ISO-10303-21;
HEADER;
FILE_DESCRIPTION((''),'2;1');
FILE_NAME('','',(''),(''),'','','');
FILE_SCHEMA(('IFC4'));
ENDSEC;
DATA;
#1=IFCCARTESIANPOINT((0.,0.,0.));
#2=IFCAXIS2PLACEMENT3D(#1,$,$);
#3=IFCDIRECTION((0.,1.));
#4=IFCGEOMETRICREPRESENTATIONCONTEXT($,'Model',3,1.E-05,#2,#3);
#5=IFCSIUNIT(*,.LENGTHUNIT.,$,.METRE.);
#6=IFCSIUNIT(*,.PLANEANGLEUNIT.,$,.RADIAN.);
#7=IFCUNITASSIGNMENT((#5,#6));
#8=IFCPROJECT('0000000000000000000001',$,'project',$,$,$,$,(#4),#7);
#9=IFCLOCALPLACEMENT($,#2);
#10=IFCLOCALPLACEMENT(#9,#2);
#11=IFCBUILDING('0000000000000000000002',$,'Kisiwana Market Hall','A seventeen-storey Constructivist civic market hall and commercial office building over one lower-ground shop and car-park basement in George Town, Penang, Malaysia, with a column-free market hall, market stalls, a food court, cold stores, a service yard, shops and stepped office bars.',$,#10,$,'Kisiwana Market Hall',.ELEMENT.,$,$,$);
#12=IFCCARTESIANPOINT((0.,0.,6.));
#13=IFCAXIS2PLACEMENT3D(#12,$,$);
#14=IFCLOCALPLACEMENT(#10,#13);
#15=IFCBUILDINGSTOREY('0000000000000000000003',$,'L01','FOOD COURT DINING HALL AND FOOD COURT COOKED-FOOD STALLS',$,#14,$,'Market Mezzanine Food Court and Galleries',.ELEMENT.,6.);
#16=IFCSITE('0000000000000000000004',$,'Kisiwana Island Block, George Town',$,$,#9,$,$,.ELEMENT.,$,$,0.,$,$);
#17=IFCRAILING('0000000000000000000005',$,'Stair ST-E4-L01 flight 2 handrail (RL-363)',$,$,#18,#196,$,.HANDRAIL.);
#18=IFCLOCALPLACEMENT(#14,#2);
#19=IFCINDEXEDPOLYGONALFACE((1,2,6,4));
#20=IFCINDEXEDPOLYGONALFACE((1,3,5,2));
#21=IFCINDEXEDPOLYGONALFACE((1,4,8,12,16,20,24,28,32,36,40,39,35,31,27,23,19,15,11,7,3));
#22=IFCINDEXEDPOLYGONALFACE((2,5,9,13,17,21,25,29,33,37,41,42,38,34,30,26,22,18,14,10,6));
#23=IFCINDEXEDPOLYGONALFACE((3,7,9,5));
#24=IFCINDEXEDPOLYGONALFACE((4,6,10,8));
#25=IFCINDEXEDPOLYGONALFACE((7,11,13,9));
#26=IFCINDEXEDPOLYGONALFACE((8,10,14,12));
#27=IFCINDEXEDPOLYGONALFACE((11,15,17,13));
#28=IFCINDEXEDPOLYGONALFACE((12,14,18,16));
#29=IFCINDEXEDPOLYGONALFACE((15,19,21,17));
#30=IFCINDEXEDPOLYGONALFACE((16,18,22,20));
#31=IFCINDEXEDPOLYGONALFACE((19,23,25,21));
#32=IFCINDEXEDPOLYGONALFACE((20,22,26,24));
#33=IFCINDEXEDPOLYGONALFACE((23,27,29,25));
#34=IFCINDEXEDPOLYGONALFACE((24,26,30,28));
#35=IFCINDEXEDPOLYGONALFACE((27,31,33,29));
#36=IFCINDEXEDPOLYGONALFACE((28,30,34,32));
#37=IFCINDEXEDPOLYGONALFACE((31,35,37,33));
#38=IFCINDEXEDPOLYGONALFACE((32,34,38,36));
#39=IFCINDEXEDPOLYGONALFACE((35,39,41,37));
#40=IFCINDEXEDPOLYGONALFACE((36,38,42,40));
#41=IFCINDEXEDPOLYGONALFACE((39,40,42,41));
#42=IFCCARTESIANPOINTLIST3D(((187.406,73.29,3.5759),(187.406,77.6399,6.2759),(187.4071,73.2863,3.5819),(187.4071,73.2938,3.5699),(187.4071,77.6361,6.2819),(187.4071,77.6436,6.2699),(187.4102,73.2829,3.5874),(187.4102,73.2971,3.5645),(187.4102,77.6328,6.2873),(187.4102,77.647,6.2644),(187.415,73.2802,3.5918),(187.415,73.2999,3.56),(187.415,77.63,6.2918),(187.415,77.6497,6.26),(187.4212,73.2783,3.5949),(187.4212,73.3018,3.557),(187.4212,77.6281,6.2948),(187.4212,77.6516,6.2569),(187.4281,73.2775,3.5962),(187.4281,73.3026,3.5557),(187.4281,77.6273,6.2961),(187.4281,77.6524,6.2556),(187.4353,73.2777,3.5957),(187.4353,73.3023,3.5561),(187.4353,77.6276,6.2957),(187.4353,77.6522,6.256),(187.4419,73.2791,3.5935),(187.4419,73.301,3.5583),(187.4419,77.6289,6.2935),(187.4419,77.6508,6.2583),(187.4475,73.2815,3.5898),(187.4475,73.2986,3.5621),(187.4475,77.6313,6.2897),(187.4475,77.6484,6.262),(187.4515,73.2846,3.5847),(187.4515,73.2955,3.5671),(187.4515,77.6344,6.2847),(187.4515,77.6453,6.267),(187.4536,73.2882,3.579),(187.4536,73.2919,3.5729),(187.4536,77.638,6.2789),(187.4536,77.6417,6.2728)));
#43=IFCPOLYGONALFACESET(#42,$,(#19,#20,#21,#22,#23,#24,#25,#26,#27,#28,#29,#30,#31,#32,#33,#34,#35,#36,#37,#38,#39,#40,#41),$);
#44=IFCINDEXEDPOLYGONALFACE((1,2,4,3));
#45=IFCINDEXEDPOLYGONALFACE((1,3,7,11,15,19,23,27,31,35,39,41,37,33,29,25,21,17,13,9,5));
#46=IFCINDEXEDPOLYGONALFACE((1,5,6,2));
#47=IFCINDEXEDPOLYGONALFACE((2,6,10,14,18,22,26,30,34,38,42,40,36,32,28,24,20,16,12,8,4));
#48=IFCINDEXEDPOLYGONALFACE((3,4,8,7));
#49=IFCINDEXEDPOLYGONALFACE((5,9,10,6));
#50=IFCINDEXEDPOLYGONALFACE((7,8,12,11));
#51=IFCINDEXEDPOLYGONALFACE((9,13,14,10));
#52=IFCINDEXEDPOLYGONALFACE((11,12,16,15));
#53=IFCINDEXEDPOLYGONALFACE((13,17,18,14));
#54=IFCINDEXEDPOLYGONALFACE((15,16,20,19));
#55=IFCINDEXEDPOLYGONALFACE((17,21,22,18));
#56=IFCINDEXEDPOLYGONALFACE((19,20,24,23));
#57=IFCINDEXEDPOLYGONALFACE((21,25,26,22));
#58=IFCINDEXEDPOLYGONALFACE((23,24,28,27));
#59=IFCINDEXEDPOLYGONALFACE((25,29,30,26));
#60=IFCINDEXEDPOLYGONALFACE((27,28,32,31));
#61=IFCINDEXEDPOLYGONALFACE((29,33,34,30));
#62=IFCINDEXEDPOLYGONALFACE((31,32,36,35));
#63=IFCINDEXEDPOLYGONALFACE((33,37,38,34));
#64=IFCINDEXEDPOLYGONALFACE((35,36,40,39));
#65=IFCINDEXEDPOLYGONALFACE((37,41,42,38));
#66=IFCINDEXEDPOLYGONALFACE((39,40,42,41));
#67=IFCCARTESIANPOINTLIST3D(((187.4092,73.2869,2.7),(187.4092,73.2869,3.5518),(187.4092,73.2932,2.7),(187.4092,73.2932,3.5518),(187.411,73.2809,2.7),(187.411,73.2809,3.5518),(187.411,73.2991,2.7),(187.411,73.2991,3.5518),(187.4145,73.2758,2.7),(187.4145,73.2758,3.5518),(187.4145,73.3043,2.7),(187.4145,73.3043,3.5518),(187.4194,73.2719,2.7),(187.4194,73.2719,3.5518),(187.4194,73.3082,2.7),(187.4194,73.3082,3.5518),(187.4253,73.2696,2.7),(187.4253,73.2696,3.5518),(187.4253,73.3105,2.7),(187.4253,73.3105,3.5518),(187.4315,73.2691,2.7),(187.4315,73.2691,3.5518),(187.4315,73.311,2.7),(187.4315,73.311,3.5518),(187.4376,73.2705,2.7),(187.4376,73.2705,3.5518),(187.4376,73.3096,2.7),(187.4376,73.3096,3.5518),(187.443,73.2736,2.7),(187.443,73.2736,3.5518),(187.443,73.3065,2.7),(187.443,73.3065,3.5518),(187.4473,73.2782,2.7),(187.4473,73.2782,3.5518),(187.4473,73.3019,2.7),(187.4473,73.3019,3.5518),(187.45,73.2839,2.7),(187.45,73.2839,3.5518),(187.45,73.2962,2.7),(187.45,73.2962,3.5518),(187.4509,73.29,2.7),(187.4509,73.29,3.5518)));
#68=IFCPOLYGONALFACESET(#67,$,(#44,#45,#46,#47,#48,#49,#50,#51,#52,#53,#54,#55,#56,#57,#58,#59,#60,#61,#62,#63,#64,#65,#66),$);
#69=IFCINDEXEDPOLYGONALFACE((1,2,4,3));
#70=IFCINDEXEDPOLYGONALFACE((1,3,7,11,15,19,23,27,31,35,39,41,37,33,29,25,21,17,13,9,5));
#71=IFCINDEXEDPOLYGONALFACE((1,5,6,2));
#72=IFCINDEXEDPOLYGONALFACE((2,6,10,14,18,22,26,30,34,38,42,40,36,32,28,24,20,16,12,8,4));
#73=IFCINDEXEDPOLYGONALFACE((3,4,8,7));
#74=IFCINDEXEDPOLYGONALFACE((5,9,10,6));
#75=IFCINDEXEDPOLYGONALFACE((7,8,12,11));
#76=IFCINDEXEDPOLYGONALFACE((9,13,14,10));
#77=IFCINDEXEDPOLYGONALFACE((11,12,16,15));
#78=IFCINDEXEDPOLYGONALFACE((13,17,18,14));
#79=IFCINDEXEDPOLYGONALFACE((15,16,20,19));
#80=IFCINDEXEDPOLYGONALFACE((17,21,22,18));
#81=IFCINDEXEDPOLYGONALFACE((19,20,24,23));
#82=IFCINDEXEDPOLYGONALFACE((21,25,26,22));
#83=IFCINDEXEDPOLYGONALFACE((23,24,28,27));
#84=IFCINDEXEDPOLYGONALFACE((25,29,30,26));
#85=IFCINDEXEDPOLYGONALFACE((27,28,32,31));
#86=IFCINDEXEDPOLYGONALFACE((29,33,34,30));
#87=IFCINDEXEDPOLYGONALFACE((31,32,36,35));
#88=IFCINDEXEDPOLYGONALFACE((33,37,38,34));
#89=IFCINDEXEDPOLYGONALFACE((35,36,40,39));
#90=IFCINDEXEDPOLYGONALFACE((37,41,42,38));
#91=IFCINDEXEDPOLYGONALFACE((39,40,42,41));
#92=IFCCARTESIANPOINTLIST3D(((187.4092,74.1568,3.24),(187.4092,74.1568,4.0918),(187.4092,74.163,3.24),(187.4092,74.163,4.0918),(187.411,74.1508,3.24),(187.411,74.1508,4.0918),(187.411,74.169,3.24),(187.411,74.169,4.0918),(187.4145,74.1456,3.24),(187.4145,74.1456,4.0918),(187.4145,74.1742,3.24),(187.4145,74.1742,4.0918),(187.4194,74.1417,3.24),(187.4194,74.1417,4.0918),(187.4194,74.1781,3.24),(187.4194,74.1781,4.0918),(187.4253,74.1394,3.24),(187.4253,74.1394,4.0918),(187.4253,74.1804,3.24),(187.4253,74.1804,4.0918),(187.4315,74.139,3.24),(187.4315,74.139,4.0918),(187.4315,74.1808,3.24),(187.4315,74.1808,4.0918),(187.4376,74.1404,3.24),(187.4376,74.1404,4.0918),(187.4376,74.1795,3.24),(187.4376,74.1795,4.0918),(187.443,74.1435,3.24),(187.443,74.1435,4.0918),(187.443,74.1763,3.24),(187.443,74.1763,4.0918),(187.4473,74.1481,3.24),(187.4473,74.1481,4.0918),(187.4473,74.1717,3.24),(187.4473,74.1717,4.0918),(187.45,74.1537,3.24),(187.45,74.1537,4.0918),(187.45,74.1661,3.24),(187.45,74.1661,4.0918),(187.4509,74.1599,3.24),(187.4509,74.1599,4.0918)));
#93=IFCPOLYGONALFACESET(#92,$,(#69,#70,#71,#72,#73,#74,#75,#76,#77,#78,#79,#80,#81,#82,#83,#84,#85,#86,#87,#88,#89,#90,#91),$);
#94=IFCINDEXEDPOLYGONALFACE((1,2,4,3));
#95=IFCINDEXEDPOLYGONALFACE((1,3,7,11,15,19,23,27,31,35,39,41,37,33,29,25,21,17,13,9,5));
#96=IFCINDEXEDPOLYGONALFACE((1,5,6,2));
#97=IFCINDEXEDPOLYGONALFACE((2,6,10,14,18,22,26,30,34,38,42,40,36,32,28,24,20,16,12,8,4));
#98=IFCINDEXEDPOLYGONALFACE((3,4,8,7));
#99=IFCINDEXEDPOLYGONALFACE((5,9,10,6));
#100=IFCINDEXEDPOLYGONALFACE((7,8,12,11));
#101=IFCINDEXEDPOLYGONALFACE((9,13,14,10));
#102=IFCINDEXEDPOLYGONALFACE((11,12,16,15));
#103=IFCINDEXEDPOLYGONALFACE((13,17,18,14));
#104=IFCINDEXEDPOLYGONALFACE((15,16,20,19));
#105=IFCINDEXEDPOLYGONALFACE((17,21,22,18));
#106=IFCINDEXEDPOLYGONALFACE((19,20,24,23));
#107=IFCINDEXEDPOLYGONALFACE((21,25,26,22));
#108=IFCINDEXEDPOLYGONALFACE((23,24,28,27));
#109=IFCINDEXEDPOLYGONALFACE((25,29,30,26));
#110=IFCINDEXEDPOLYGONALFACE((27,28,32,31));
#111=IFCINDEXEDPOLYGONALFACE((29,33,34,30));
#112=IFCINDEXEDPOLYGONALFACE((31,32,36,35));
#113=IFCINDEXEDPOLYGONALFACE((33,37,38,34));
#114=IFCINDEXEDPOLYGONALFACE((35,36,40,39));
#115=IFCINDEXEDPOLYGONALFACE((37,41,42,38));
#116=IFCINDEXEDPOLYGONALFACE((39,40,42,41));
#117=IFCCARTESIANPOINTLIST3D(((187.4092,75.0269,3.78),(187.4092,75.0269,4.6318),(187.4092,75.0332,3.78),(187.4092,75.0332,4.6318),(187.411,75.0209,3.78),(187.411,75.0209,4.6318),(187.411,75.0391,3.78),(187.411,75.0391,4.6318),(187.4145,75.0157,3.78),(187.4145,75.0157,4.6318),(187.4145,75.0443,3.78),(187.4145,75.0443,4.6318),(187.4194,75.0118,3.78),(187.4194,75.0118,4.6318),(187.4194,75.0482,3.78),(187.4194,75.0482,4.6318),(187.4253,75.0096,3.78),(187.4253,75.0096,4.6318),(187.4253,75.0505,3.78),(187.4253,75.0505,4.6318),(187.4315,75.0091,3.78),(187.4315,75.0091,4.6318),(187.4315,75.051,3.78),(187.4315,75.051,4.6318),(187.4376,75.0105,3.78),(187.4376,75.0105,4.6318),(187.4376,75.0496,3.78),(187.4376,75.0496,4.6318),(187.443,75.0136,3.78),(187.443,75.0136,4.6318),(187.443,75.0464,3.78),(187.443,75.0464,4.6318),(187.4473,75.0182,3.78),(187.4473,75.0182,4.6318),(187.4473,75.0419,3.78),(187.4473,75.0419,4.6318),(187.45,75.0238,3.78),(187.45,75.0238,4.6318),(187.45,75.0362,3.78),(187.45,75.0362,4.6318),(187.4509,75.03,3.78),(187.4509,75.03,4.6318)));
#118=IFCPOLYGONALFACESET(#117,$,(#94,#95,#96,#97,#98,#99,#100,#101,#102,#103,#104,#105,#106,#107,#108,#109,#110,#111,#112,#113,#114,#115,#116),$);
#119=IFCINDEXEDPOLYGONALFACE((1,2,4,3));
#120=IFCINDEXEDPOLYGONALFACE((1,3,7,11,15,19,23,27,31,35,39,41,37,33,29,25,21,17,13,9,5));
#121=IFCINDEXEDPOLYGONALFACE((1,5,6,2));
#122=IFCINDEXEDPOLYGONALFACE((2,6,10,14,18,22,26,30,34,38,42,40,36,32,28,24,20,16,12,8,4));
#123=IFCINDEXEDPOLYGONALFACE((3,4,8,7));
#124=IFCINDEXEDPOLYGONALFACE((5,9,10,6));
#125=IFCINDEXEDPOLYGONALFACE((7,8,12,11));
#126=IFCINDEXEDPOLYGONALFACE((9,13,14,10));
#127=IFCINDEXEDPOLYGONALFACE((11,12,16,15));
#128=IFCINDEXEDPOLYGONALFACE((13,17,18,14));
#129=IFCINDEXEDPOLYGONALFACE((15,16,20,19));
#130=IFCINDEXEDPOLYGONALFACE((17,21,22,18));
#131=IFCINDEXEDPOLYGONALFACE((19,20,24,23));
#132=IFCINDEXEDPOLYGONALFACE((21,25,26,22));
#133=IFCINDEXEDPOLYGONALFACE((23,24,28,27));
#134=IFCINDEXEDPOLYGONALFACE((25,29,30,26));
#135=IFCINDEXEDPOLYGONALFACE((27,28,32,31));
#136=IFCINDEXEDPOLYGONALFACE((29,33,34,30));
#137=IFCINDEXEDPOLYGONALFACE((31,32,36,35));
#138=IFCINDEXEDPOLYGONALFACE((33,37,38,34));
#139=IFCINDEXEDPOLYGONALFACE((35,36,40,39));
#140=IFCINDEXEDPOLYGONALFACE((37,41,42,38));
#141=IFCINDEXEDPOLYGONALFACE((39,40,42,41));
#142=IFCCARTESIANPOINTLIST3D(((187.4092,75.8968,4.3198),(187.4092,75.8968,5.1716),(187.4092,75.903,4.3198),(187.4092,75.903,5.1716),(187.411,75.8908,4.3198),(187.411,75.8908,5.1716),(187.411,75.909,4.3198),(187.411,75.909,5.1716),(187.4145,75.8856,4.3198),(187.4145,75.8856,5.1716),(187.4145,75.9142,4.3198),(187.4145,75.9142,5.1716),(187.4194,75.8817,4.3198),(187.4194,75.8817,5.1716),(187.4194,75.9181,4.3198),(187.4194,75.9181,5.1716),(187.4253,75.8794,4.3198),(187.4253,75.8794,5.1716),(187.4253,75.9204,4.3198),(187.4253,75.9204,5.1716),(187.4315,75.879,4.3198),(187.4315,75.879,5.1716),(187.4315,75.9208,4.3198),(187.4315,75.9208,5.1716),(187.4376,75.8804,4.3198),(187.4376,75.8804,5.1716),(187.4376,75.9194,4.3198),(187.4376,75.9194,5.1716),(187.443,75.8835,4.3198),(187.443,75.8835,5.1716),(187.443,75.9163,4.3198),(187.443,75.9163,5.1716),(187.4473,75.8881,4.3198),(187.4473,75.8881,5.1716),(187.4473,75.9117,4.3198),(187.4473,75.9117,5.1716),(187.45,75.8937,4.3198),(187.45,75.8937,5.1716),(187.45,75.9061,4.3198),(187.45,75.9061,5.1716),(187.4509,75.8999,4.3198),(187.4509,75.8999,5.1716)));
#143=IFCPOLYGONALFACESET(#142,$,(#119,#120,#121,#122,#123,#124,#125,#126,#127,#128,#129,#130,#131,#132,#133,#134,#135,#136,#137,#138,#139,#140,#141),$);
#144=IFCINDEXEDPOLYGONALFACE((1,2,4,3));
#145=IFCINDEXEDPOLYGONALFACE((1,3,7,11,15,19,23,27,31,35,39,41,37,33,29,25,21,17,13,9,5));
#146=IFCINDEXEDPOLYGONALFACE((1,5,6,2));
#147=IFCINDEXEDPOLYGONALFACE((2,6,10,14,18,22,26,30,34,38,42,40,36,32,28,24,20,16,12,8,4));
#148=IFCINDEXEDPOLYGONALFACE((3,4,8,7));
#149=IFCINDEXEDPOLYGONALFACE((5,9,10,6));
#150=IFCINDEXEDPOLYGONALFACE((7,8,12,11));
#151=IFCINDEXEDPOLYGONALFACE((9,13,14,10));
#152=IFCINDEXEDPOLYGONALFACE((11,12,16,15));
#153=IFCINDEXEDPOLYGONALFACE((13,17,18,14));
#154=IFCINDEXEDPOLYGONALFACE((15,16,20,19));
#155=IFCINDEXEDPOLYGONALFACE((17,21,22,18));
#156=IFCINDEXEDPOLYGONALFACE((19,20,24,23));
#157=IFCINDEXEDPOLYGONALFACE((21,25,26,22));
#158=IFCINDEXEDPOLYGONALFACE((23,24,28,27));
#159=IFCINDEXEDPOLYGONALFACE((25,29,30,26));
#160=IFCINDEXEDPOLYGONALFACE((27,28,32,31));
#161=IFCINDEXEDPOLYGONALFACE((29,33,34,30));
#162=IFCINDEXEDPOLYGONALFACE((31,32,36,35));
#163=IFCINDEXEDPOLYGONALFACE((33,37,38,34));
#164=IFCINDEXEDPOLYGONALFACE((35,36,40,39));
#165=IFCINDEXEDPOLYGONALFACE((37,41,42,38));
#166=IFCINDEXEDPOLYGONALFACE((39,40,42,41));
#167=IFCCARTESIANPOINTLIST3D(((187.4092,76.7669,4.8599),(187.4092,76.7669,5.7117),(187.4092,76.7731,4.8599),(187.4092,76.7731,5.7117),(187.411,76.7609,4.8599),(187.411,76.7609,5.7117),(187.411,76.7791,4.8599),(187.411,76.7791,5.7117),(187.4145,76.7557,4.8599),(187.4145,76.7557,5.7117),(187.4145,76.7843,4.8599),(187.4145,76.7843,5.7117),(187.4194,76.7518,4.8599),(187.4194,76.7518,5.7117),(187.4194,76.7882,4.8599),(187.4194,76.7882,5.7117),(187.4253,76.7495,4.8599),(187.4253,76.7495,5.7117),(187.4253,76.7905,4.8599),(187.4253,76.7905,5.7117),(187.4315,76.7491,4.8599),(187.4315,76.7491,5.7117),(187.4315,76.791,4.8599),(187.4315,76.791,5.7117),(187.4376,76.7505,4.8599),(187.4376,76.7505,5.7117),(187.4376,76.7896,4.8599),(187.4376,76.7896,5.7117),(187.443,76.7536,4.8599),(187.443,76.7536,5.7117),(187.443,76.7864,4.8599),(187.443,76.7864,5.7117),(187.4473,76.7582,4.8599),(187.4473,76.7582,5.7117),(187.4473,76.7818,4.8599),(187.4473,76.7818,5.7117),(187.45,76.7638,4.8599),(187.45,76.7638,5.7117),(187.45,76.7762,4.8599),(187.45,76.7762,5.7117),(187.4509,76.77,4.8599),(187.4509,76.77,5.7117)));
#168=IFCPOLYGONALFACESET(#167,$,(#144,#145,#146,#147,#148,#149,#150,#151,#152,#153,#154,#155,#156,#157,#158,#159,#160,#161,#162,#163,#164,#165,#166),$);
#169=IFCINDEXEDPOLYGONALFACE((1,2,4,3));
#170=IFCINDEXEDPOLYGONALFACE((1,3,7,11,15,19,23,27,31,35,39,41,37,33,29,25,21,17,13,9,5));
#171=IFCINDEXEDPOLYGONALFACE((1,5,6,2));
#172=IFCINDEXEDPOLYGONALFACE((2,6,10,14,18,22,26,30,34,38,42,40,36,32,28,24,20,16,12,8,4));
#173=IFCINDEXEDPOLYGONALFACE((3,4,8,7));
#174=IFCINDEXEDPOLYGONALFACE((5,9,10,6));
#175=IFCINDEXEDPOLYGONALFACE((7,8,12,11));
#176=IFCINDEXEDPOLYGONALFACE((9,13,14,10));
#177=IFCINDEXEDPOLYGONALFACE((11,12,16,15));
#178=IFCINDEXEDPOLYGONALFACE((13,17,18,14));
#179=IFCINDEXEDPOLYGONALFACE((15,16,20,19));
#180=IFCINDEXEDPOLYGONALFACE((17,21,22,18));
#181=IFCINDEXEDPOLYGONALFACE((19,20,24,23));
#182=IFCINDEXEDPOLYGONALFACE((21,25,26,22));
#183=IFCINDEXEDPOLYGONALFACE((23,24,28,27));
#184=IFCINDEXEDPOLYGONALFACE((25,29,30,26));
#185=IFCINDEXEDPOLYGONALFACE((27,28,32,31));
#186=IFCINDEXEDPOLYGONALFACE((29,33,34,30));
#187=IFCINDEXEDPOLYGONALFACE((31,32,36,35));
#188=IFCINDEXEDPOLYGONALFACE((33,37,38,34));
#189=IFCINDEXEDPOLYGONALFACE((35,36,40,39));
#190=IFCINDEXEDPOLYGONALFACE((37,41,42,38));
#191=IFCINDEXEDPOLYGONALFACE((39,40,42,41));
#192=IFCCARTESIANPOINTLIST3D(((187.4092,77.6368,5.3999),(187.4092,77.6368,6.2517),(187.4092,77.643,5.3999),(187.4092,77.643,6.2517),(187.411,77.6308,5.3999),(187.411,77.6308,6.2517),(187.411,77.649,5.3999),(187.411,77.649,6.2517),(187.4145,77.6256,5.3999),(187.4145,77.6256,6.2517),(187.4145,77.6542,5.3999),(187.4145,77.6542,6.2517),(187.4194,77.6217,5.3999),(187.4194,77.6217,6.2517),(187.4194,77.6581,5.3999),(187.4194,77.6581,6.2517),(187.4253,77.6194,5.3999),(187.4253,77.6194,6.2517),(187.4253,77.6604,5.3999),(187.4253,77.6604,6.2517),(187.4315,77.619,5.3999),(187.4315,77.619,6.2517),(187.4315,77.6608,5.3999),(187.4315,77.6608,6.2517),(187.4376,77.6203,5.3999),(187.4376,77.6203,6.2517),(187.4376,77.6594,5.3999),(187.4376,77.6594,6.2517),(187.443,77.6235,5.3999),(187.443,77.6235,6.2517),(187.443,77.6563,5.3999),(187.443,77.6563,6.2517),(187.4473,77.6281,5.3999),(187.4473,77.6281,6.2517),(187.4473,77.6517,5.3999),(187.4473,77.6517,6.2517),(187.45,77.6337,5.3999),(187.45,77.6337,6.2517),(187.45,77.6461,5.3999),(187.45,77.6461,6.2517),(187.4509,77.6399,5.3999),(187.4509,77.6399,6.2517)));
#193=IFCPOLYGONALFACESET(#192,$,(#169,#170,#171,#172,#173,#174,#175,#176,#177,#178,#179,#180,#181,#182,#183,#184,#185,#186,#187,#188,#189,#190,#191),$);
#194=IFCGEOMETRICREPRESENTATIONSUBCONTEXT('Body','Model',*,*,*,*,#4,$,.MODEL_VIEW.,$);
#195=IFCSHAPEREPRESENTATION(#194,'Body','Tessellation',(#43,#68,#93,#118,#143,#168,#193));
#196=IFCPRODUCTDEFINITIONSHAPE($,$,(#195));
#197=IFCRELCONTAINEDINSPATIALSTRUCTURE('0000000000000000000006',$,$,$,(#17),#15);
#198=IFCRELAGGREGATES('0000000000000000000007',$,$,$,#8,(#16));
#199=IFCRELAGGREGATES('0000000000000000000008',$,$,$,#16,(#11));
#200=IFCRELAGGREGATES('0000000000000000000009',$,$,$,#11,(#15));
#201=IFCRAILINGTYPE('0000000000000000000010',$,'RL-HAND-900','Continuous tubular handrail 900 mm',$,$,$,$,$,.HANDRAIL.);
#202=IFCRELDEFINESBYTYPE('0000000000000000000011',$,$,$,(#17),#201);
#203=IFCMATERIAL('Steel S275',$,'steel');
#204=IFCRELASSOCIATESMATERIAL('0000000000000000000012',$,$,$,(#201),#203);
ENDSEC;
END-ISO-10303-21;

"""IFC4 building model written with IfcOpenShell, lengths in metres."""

from ifc_helpers import new_model, si_unit, direction, frame, origin, origin_2d, place, context, subcontext, project, spatial, circle, extrude, material, type_object, element, save


model = new_model("IFC4")

# Units and contexts
model_context = context("Model", 3, precision=1e-05, world=origin(), true_north=direction((0.0, 1.0)))
body_context = subcontext(model_context, "Body", "Model", "MODEL_VIEW")
ifc_project = project(units=[si_unit("LENGTHUNIT", "METRE"), si_unit("PLANEANGLEUNIT", "RADIAN")], contexts=[model_context])

# Site, building, storey
site_placement = place(None, origin())
site = spatial("IfcSite", under=ifc_project, at=site_placement, Name="Kisiwana Island Block, George Town", CompositionType="ELEMENT", RefElevation=0.0)
building_placement = place(site_placement, origin())
building = spatial("IfcBuilding", under=site, at=building_placement, Name="Kisiwana Market Hall", Description="A seventeen-storey Constructivist civic market hall and commercial office building over one lower-ground shop and car-park basement in George Town, Penang, Malaysia, with a column-free market hall, market stalls, a food court, cold stores, a service yard, shops and stepped office bars.", LongName="Kisiwana Market Hall", CompositionType="ELEMENT")
storey_placement = place(building_placement, frame((0.0, 0.0, 6.0)))
storey = spatial("IfcBuildingStorey", under=building, at=storey_placement, Name="L01", Description="FOOD COURT DINING HALL AND FOOD COURT COOKED-FOOD STALLS", LongName="Market Mezzanine Food Court and Galleries", CompositionType="ELEMENT", Elevation=6.0)

# Railing
ifc_material_1 = material(Name="Steel S275", Category="steel")
railing_type_1 = type_object("IfcRailingType", Name="RL-HAND-900", Description="Continuous tubular handrail 900 mm", PredefinedType="HANDRAIL", material=ifc_material_1)
railing_1_placement = place(storey_placement, frame((187.4299, 73.29, 2.7)))
element("IfcRailing", 1, at=railing_1_placement, inside=storey, type_object=railing_type_1, Name="Stair ST-E4-L01 flight 2 handrail (RL-363)", PredefinedType="HANDRAIL", context=body_context, shape_type="SweptSolid", body=[
    extrude(circle(Radius=0.0239, at=origin_2d()), frame((0.0, 0.0, 0.876), z_axis=(0.0, 0.849636, 0.527369), x_axis=(-1.0, 0.0, 0.0)), (0.0, 0.0, 1.0), 5.1196),
    extrude(circle(Radius=0.021, at=origin_2d()), origin(), (0.0, 0.0, 1.0), 0.8518),
    extrude(circle(Radius=0.021, at=origin_2d()), frame((0.0, 0.8699, 0.54)), (0.0, 0.0, 1.0), 0.8518),
    extrude(circle(Radius=0.021, at=origin_2d()), frame((0.0, 1.74, 1.0801)), (0.0, 0.0, 1.0), 0.8518),
    extrude(circle(Radius=0.021, at=origin_2d()), frame((0.0, 2.6099, 1.6199)), (0.0, 0.0, 1.0), 0.8518),
    extrude(circle(Radius=0.021, at=origin_2d()), frame((0.0, 3.48, 2.1599)), (0.0, 0.0, 1.0), 0.8518),
    extrude(circle(Radius=0.021, at=origin_2d()), frame((0.0, 4.3499, 2.7)), (0.0, 0.0, 1.0), 0.8518),
])

save(model, "model.ifc")
